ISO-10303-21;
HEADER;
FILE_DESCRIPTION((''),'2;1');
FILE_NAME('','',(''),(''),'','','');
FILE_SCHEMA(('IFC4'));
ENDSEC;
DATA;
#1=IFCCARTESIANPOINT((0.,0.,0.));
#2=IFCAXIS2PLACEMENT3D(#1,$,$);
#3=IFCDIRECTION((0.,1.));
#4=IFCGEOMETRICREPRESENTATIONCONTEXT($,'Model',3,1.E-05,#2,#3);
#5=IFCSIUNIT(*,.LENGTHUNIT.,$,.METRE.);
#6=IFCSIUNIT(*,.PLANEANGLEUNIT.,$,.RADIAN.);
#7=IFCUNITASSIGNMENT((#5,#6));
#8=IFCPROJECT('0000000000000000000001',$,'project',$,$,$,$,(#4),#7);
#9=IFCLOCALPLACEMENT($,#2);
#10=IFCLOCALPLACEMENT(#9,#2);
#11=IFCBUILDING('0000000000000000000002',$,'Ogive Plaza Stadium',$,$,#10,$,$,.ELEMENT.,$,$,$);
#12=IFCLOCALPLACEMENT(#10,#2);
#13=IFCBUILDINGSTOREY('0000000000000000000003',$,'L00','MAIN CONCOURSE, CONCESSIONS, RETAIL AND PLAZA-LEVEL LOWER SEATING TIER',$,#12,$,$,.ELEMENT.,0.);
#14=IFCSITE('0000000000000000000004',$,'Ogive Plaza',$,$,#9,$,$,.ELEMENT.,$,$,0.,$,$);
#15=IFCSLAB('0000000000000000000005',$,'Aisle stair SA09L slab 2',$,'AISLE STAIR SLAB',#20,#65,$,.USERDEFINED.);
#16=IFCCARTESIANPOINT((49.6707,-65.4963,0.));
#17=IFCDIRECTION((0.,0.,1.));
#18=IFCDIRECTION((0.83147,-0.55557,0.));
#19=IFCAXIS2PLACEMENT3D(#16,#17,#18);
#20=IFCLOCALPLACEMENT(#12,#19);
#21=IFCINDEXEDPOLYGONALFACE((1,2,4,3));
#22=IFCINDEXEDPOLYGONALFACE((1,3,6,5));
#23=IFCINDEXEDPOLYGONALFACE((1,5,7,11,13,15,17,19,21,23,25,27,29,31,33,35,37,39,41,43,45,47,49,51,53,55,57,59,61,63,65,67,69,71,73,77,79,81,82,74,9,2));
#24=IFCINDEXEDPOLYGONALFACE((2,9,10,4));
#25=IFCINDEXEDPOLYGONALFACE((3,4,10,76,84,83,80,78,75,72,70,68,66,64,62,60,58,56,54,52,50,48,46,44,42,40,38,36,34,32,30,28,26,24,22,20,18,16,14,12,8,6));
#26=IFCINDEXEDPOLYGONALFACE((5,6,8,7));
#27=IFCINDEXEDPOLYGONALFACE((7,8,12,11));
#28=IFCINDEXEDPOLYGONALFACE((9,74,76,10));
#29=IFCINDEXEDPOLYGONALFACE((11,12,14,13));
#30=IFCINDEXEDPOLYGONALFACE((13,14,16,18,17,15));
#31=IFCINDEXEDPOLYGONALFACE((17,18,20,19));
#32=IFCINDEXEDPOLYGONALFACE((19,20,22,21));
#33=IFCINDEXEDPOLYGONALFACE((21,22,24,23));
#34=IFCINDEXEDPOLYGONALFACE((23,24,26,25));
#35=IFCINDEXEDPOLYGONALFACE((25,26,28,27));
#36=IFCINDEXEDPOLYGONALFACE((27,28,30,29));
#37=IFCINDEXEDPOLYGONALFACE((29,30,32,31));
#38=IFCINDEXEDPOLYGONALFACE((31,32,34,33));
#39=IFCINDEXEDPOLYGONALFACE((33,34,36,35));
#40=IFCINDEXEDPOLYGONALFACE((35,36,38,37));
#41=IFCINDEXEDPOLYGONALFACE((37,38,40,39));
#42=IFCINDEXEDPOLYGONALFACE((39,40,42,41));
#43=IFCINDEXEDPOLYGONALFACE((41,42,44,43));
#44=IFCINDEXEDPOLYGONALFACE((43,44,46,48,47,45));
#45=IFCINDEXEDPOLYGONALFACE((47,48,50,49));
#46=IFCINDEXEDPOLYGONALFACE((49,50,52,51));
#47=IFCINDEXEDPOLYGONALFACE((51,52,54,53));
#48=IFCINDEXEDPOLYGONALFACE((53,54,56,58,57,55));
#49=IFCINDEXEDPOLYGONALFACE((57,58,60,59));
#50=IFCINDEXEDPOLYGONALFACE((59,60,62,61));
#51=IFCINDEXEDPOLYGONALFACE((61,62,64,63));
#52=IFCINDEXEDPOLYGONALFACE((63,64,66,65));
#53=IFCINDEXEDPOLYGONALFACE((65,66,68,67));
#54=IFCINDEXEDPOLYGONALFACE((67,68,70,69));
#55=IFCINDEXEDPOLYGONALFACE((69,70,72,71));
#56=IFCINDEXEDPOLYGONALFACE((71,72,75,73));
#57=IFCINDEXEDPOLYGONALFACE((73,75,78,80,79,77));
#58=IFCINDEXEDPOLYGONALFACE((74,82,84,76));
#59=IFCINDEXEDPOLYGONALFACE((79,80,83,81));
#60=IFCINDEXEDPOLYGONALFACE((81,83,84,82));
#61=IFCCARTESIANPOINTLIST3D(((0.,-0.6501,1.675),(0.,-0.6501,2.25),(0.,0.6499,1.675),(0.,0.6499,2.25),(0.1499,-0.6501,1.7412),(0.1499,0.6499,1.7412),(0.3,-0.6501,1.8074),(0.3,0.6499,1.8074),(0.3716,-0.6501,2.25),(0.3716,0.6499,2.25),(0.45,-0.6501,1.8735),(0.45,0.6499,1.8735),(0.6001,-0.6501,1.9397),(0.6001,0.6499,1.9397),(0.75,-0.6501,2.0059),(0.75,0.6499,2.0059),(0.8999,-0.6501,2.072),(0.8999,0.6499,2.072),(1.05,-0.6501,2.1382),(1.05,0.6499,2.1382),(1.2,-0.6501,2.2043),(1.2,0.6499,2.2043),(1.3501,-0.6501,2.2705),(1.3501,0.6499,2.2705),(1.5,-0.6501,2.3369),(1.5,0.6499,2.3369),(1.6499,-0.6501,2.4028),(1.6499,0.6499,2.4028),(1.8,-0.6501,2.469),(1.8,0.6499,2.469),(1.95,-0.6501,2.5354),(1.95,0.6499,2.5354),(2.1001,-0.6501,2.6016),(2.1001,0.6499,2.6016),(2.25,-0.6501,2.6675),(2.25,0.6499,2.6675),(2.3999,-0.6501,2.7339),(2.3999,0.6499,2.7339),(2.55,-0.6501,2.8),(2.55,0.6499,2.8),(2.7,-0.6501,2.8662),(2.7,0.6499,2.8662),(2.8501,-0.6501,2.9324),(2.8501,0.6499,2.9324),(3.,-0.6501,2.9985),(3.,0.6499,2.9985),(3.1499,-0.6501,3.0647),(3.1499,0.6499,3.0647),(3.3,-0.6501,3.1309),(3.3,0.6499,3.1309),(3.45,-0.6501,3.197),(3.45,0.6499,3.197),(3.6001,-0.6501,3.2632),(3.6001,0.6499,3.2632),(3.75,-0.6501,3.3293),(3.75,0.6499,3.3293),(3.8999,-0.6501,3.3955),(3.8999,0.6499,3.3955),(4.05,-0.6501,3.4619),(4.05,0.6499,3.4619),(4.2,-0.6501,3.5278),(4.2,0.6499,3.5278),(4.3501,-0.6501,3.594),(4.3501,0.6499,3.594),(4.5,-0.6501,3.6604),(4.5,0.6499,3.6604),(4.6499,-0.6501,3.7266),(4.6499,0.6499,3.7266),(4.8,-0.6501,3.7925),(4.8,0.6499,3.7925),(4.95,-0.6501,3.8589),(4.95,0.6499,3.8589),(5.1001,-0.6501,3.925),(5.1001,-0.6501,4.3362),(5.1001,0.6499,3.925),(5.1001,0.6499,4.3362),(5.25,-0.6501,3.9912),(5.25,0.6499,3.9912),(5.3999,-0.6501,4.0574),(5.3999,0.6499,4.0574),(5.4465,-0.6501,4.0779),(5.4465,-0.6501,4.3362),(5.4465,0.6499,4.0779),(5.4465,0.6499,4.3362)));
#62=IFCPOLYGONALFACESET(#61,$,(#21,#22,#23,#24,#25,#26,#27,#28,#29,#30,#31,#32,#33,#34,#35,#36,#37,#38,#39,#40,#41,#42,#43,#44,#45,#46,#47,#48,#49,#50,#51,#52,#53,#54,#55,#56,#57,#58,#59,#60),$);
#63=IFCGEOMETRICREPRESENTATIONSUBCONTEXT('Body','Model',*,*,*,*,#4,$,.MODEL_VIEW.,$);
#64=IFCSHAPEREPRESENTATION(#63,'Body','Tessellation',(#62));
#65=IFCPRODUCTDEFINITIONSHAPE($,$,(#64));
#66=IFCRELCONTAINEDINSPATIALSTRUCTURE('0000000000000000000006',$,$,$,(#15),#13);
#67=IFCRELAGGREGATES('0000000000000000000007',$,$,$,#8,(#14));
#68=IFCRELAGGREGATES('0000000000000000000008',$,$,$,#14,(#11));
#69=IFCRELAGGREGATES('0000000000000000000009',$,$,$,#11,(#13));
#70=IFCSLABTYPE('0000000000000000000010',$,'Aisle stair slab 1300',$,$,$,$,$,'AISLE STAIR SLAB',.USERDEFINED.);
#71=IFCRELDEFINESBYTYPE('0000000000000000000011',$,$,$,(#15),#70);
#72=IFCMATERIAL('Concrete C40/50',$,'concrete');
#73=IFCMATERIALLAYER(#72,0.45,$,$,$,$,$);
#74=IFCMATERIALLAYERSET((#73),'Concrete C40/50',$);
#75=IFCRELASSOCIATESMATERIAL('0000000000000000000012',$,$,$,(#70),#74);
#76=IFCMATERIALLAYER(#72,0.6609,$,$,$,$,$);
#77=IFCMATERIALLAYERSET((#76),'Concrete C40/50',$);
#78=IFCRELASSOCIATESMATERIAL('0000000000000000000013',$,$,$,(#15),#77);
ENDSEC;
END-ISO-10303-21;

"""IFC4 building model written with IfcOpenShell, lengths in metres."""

from ifc_helpers import new_model, si_unit, direction, frame, origin, place, context, subcontext, project, spatial, polyline, outline, extrude, material, layer, layer_set, type_object, element, save


model = new_model("IFC4")

# Units and contexts
model_context = context("Model", 3, precision=1e-05, world=origin(), true_north=direction((0.0, 1.0)))
body_context = subcontext(model_context, "Body", "Model", "MODEL_VIEW")
ifc_project = project(units=[si_unit("LENGTHUNIT", "METRE"), si_unit("PLANEANGLEUNIT", "RADIAN")], contexts=[model_context])

# Site, building, storey
site_placement = place(None, origin())
site = spatial("IfcSite", under=ifc_project, at=site_placement, Name="Ogive Plaza", CompositionType="ELEMENT", RefElevation=0.0)
building_placement = place(site_placement, origin())
building = spatial("IfcBuilding", under=site, at=building_placement, Name="Ogive Plaza Stadium", CompositionType="ELEMENT")
storey_placement = place(building_placement, origin())
storey = spatial("IfcBuildingStorey", under=building, at=storey_placement, Name="L00", Description="MAIN CONCOURSE, CONCESSIONS, RETAIL AND PLAZA-LEVEL LOWER SEATING TIER", CompositionType="ELEMENT", Elevation=0.0)

# Slab
ifc_material_1 = material(Name="Concrete C40/50", Category="concrete")
ifc_layer_1 = layer(ifc_material_1, 0.6609)
ifc_layer_set_1 = layer_set([ifc_layer_1], Name="Concrete C40/50")
ifc_layer_2 = layer(ifc_material_1, 0.45)
ifc_layer_set_2 = layer_set([ifc_layer_2], Name="Concrete C40/50")
slab_type = type_object("IfcSlabType", Name="Aisle stair slab 1300", ElementType="AISLE STAIR SLAB", PredefinedType="USERDEFINED", material=ifc_layer_set_2)
slab_placement = place(storey_placement, frame((49.6707, -65.4963, 0.0), z_axis=(0.0, 0.0, 1.0), x_axis=(0.83147, -0.55557, 0.0)))
element("IfcSlab", 1, at=slab_placement, inside=storey, type_object=slab_type, material=ifc_layer_set_1, Name="Aisle stair SA09L slab 2", ObjectType="AISLE STAIR SLAB", PredefinedType="USERDEFINED", context=body_context, shape_type="SweptSolid", body=[
    extrude(outline(polyline([(0.0, 2.25), (0.3716, 2.25), (5.1001, 4.3362), (5.4465, 4.3362), (5.4465, 4.0779), (5.3999, 4.0574), (5.25, 3.9912), (5.1001, 3.925), (4.95, 3.8589), (4.8, 3.7925), (4.6499, 3.7266), (4.5, 3.6604), (4.3501, 3.594), (4.2, 3.5278), (4.05, 3.4619), (3.8999, 3.3955), (3.75, 3.3293), (3.6001, 3.2632), (3.45, 3.197), (3.3, 3.1309), (3.1499, 3.0647), (3.0, 2.9985), (2.8501, 2.9324), (2.7, 2.8662), (2.55, 2.8), (2.3999, 2.7339), (2.25, 2.6675), (2.1001, 2.6016), (1.95, 2.5354), (1.8, 2.469), (1.6499, 2.4028), (1.5, 2.3369), (1.3501, 2.2705), (1.2, 2.2043), (1.05, 2.1382), (0.8999, 2.072), (0.75, 2.0059), (0.6001, 1.9397), (0.45, 1.8735), (0.3, 1.8074), (0.1499, 1.7412), (0.0, 1.675), (0.0, 2.25)])), frame((0.0, 0.6499, 0.0), z_axis=(0.0, -1.0, 0.0), x_axis=(1.0, 0.0, 0.0)), (0.0, 0.0, 1.0), 1.3),
])

save(model, "model.ifc")
